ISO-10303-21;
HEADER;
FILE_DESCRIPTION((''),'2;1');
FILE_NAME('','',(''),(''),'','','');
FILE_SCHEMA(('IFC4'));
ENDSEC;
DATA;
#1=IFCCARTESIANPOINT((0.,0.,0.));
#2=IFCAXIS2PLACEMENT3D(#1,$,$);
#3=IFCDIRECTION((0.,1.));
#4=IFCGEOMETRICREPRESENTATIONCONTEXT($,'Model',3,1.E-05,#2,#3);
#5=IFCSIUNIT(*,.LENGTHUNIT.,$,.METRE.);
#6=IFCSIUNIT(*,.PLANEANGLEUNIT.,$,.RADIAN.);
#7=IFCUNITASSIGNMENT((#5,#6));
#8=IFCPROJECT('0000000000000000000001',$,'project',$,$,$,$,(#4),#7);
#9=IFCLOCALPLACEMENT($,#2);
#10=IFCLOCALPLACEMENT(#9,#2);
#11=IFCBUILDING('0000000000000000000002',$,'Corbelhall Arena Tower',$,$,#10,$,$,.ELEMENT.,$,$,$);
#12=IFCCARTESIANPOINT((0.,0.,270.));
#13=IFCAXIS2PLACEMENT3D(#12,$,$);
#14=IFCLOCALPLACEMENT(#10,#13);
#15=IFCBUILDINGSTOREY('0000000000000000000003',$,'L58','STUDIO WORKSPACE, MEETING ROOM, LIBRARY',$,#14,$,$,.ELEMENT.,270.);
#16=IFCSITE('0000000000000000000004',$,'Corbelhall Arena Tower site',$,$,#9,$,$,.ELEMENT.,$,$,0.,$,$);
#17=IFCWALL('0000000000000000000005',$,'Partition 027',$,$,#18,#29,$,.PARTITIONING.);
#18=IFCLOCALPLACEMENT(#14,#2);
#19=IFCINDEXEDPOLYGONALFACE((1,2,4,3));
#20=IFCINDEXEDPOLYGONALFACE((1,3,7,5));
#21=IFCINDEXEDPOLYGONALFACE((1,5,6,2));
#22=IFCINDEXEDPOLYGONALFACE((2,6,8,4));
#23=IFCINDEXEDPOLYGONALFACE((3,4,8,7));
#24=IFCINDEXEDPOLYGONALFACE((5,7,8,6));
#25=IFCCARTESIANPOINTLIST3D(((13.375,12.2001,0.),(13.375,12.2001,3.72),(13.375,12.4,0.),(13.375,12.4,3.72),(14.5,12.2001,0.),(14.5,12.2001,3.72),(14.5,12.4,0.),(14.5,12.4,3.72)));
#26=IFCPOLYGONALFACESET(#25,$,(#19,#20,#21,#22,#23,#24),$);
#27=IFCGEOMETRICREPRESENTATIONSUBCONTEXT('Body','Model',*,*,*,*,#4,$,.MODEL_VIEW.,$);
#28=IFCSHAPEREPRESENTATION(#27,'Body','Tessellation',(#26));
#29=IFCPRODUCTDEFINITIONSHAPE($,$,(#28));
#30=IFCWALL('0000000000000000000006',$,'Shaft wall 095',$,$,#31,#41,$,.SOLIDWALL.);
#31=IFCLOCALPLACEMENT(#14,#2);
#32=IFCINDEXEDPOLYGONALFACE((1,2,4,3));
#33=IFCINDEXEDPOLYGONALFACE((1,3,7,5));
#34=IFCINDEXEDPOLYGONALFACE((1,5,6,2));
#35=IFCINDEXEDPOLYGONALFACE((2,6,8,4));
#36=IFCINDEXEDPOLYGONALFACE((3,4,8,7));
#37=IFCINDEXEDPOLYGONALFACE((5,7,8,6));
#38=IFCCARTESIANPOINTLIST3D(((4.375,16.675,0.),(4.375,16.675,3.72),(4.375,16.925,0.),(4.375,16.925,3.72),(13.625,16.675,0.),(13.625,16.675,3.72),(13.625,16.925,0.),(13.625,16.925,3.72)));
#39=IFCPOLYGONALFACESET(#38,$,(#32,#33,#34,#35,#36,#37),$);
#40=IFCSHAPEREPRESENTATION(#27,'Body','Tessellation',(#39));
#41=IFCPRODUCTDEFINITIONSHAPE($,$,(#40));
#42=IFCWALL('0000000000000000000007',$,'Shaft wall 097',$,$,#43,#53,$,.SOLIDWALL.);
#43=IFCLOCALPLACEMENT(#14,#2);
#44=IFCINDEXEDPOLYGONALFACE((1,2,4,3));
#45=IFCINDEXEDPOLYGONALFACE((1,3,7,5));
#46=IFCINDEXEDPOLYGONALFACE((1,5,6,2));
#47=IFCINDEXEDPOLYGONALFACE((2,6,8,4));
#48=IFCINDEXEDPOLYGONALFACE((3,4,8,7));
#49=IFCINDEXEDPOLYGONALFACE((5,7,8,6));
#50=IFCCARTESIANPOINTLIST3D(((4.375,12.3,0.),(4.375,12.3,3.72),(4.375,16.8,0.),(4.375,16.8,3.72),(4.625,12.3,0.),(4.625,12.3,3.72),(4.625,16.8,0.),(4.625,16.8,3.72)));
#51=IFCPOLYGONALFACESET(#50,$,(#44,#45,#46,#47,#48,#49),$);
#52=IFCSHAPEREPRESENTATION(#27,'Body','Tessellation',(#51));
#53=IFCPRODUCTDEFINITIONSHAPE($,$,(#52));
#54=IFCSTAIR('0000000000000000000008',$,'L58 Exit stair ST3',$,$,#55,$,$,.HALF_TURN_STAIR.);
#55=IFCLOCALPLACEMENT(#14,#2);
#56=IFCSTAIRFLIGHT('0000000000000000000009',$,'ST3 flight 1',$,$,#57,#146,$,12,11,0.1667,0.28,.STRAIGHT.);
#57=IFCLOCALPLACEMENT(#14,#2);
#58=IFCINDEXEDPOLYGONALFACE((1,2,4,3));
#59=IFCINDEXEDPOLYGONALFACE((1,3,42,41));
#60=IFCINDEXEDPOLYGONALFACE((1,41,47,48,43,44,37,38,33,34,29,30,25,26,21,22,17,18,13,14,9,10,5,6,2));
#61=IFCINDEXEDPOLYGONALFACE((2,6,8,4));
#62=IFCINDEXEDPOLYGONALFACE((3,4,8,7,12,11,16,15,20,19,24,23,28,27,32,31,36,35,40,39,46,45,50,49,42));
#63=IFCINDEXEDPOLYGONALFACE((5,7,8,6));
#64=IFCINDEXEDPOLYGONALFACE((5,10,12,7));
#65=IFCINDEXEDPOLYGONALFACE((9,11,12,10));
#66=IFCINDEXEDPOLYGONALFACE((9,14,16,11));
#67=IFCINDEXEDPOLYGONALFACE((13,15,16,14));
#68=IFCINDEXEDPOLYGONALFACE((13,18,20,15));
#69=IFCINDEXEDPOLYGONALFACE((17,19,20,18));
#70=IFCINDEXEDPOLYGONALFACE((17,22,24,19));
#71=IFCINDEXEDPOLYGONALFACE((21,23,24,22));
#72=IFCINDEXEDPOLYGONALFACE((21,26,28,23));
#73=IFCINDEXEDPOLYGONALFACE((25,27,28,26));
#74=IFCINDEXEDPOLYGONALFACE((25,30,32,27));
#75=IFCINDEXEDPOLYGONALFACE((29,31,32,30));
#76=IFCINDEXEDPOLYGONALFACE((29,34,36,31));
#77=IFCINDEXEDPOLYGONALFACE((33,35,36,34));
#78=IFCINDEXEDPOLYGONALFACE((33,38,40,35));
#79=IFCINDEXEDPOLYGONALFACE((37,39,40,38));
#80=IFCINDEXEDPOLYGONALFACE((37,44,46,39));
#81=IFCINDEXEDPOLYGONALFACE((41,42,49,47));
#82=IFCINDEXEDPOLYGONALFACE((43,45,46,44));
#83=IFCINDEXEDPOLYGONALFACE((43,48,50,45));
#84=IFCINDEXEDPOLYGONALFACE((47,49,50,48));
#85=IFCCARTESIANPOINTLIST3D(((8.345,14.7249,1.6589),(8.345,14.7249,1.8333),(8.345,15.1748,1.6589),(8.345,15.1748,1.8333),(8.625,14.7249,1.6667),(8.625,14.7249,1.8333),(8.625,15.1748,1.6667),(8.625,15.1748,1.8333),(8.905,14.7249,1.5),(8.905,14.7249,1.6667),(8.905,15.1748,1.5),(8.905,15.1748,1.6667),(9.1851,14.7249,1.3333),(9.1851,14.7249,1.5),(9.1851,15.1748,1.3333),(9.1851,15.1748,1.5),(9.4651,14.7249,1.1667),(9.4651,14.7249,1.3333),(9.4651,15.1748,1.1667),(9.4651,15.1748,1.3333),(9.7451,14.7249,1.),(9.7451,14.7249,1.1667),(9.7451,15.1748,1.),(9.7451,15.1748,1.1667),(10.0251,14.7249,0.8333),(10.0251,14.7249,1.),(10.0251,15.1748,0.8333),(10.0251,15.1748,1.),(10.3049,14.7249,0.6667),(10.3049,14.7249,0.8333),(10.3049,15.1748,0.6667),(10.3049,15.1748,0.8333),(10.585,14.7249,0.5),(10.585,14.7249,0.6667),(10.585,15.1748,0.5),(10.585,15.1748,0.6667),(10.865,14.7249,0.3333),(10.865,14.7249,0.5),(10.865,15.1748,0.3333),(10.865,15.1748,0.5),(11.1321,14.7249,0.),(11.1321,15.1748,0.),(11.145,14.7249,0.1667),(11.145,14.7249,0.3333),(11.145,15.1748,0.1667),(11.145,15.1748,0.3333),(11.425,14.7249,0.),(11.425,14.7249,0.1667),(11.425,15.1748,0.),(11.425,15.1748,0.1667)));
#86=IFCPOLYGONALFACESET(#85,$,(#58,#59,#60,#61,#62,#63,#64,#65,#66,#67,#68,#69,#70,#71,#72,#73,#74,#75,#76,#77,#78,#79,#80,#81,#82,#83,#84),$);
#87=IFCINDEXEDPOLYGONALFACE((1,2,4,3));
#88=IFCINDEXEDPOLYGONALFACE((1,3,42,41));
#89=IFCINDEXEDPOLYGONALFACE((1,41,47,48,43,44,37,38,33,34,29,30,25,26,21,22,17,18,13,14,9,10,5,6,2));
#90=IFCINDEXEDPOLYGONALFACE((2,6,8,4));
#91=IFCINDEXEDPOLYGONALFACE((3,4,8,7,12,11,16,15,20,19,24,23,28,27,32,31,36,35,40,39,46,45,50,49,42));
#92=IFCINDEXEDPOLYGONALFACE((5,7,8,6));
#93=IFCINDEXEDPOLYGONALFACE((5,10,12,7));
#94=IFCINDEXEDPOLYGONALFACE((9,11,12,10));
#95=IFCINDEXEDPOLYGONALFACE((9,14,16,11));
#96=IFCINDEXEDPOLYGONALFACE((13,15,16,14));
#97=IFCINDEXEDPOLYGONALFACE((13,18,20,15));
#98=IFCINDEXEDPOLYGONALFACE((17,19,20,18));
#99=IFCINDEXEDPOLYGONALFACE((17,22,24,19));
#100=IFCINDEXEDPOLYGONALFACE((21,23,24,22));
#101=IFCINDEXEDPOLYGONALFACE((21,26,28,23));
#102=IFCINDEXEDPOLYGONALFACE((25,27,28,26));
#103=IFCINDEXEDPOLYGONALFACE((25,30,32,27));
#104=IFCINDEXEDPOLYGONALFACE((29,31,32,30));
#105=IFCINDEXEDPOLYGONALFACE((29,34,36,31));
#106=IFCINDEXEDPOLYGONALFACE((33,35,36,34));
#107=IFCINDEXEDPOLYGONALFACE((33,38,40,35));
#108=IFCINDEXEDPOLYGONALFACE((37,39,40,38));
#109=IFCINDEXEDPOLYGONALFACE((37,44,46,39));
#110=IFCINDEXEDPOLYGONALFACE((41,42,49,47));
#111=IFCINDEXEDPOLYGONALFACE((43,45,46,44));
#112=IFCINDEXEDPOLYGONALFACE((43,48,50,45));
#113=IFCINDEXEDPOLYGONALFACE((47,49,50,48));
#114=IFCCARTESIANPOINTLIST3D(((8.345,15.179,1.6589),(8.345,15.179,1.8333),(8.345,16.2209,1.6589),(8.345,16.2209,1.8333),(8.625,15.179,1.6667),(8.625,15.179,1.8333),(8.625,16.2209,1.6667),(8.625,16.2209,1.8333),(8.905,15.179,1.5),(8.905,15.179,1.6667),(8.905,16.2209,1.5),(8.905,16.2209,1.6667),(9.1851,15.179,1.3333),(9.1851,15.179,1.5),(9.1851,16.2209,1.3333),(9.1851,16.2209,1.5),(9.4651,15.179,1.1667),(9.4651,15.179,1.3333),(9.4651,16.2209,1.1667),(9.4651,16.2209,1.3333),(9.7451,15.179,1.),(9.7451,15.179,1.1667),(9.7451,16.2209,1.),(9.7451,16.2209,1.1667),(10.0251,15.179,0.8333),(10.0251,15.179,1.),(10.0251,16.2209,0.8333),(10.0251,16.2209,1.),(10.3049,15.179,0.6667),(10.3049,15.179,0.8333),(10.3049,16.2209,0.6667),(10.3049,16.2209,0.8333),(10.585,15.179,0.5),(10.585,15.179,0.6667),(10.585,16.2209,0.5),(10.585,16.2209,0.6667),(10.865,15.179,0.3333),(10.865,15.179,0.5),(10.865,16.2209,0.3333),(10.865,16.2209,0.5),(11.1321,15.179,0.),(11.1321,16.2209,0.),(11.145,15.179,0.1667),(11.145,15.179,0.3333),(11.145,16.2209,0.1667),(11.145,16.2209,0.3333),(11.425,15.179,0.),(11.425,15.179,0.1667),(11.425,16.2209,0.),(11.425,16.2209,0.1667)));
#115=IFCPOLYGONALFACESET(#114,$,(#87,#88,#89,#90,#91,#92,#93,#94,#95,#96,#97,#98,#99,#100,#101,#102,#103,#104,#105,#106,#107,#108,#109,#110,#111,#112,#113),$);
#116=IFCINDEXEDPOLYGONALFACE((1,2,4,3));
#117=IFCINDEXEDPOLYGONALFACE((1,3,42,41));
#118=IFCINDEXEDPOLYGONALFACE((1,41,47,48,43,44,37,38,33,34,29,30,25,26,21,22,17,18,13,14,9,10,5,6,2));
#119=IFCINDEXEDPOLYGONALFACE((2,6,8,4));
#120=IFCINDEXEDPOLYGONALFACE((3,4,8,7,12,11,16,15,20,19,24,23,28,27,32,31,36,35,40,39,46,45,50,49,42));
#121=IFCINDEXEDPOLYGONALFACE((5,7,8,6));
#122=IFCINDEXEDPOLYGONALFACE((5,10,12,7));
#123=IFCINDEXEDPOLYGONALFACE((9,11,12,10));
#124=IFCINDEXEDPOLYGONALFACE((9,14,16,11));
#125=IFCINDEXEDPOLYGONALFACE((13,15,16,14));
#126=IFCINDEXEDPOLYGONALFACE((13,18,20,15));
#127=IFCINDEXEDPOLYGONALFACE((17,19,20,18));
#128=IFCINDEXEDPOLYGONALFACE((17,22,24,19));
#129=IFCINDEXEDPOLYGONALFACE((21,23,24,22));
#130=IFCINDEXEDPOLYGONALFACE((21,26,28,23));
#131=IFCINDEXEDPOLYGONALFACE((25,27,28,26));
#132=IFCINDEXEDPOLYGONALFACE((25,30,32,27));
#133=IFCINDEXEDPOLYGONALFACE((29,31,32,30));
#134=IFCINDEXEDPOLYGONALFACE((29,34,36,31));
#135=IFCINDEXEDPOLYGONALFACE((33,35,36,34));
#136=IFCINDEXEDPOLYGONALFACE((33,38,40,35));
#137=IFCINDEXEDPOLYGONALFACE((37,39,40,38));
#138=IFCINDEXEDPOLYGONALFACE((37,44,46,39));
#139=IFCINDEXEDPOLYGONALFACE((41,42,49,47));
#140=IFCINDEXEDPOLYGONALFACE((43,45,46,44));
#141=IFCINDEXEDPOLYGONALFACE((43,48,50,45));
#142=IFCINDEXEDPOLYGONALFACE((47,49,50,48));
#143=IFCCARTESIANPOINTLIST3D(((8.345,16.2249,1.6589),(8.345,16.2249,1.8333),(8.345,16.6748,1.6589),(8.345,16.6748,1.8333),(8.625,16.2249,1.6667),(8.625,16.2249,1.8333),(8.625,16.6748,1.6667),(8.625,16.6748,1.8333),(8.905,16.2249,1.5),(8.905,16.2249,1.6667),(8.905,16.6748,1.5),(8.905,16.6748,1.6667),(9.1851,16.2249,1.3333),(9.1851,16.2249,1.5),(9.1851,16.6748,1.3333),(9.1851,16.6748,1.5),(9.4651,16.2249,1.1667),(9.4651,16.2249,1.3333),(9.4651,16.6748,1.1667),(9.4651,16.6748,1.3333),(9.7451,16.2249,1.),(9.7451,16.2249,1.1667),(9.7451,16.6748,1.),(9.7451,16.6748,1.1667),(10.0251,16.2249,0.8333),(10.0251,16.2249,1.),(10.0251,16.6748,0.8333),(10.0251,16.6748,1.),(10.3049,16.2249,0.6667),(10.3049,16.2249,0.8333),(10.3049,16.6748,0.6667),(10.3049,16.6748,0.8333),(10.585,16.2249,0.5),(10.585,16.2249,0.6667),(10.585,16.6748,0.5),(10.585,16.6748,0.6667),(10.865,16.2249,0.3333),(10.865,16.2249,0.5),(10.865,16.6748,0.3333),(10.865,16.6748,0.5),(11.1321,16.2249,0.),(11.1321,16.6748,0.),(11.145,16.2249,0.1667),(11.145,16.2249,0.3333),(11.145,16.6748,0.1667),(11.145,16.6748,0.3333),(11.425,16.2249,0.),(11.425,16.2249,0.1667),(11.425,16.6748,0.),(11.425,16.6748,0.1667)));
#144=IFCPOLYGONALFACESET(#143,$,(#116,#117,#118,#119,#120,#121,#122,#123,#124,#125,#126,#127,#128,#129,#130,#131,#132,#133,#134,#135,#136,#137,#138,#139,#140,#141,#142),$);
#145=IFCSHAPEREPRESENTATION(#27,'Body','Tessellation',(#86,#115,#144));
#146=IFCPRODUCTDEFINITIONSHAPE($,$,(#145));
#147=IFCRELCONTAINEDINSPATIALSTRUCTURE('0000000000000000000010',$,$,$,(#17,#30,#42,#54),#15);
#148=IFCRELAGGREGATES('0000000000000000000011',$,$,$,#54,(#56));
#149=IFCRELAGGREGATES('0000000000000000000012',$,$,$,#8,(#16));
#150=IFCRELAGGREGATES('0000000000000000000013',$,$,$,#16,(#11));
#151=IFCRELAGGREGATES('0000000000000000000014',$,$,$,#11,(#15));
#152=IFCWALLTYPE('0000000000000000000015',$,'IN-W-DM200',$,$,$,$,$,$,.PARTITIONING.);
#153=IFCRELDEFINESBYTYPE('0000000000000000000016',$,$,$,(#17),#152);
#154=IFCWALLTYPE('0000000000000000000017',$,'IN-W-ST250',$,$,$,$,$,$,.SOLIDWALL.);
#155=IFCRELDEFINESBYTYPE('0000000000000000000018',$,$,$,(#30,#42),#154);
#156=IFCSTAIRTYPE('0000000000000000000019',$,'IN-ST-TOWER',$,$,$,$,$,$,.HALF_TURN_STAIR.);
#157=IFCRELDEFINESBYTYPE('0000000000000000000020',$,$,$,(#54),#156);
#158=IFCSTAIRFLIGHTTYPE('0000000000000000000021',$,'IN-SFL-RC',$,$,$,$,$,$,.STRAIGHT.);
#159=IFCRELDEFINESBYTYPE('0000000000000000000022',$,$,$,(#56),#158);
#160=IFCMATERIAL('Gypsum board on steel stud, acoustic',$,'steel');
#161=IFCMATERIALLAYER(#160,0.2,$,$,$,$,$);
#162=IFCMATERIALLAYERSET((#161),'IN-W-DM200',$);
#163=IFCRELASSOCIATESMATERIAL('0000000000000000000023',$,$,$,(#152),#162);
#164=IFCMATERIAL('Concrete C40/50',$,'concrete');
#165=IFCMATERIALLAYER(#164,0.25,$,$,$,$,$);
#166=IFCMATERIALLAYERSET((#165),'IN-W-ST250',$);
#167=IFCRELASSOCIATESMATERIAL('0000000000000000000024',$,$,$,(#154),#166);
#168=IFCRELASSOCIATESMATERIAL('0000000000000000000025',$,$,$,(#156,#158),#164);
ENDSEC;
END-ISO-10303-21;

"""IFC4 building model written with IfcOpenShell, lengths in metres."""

from ifc_helpers import new_model, si_unit, direction, frame, frame_2d, origin, place, context, subcontext, project, spatial, polyline, rectangle, outline, extrude, material, layer, layer_set, type_object, element, aggregate, save


model = new_model("IFC4")

# Units and contexts
model_context = context("Model", 3, precision=1e-05, world=origin(), true_north=direction((0.0, 1.0)))
body_context = subcontext(model_context, "Body", "Model", "MODEL_VIEW")
ifc_project = project(units=[si_unit("LENGTHUNIT", "METRE"), si_unit("PLANEANGLEUNIT", "RADIAN")], contexts=[model_context])

# Site, building, storey
site_placement = place(None, origin())
site = spatial("IfcSite", under=ifc_project, at=site_placement, Name="Corbelhall Arena Tower site", CompositionType="ELEMENT", RefElevation=0.0)
building_placement = place(site_placement, origin())
building = spatial("IfcBuilding", under=site, at=building_placement, Name="Corbelhall Arena Tower", CompositionType="ELEMENT")
storey_placement = place(building_placement, frame((0.0, 0.0, 270.0)))
storey = spatial("IfcBuildingStorey", under=building, at=storey_placement, Name="L58", Description="STUDIO WORKSPACE, MEETING ROOM, LIBRARY", CompositionType="ELEMENT", Elevation=270.0)

# Walls
ifc_material_1 = material(Name="Gypsum board on steel stud, acoustic", Category="steel")
ifc_layer_1 = layer(ifc_material_1, 0.2)
ifc_layer_set_1 = layer_set([ifc_layer_1], Name="IN-W-DM200")
wall_type_1 = type_object("IfcWallType", Name="IN-W-DM200", PredefinedType="PARTITIONING", material=ifc_layer_set_1)
wall_1_placement = place(storey_placement, frame((13.375, 12.3, 0.0), z_axis=(0.0, 0.0, 1.0), x_axis=(1.0, 0.0, 0.0)))
element("IfcWall", 1, at=wall_1_placement, inside=storey, type_object=wall_type_1, Name="Partition 027", PredefinedType="PARTITIONING", context=body_context, shape_type="SweptSolid", body=[
    extrude(rectangle(XDim=1.125, YDim=0.2, at=frame_2d((0.5625, 0.0))), origin(), (0.0, 0.0, 1.0), 3.72),
])
ifc_material_2 = material(Name="Concrete C40/50", Category="concrete")
ifc_layer_2 = layer(ifc_material_2, 0.25)
ifc_layer_set_2 = layer_set([ifc_layer_2], Name="IN-W-ST250")
wall_type_2 = type_object("IfcWallType", Name="IN-W-ST250", PredefinedType="SOLIDWALL", material=ifc_layer_set_2)
wall_2_placement = place(storey_placement, frame((4.375, 16.8, 0.0), z_axis=(0.0, 0.0, 1.0), x_axis=(1.0, 0.0, 0.0)))
element("IfcWall", 2, at=wall_2_placement, inside=storey, type_object=wall_type_2, Name="Shaft wall 095", PredefinedType="SOLIDWALL", context=body_context, shape_type="SweptSolid", body=[
    extrude(rectangle(XDim=9.25, YDim=0.25, at=frame_2d((4.625, 0.0))), origin(), (0.0, 0.0, 1.0), 3.72),
])
wall_3_placement = place(storey_placement, frame((4.5, 12.3, 0.0), z_axis=(0.0, 0.0, 1.0), x_axis=(0.0, 1.0, 0.0)))
element("IfcWall", 3, at=wall_3_placement, inside=storey, type_object=wall_type_2, Name="Shaft wall 097", PredefinedType="SOLIDWALL", context=body_context, shape_type="SweptSolid", body=[
    extrude(rectangle(XDim=4.5, YDim=0.25, at=frame_2d((2.25, 0.0))), origin(), (0.0, 0.0, 1.0), 3.72),
])

# Stair, stair flight
stair_type = type_object("IfcStairType", Name="IN-ST-TOWER", PredefinedType="HALF_TURN_STAIR", material=ifc_material_2)
stair_placement = place(storey_placement, origin())
stair = element("IfcStair", 4, at=stair_placement, inside=storey, type_object=stair_type, Name="L58 Exit stair ST3", PredefinedType="HALF_TURN_STAIR")
stair_flight_type = type_object("IfcStairFlightType", Name="IN-SFL-RC", PredefinedType="STRAIGHT", material=ifc_material_2)
stair_flight_1_placement = place(storey_placement, frame((11.425, 15.7, 0.0), z_axis=(0.0, 0.0, 1.0), x_axis=(-1.0, 0.0, 0.0)))
stair_flight_1 = element("IfcStairFlight", 5, at=stair_flight_1_placement, type_object=stair_flight_type, Name="ST3 flight 1", NumberOfRisers=12, NumberOfTreads=11, PredefinedType="STRAIGHT", RiserHeight=0.1667, TreadLength=0.28, context=body_context, shape_type="SweptSolid", body=[
    extrude(outline(polyline([(0.0, 0.0), (0.0, 0.1667), (0.28, 0.1667), (0.28, 0.3333), (0.5601, 0.3333), (0.5601, 0.5), (0.8401, 0.5), (0.8401, 0.6667), (1.1201, 0.6667), (1.1201, 0.8333), (1.3999, 0.8333), (1.3999, 1.0), (1.6799, 1.0), (1.6799, 1.1667), (1.96, 1.1667), (1.96, 1.3333), (2.24, 1.3333), (2.24, 1.5), (2.52, 1.5), (2.52, 1.6667), (2.8, 1.6667), (2.8, 1.8333), (3.0801, 1.8333), (3.0801, 2.0), (3.0801, 1.6589), (0.293, 0.0), (0.0, 0.0)])), frame((0.0, 0.9751, 0.0), z_axis=(0.0, -1.0, 0.0), x_axis=(1.0, 0.0, 0.0)), (0.0, 0.0, 1.0), 0.45),
    extrude(outline(polyline([(0.0, 0.0), (0.0, 0.1667), (0.28, 0.1667), (0.28, 0.3333), (0.5601, 0.3333), (0.5601, 0.5), (0.8401, 0.5), (0.8401, 0.6667), (1.1201, 0.6667), (1.1201, 0.8333), (1.3999, 0.8333), (1.3999, 1.0), (1.6799, 1.0), (1.6799, 1.1667), (1.96, 1.1667), (1.96, 1.3333), (2.24, 1.3333), (2.24, 1.5), (2.52, 1.5), (2.52, 1.6667), (2.8, 1.6667), (2.8, 1.8333), (3.0801, 1.8333), (3.0801, 2.0), (3.0801, 1.6589), (0.293, 0.0), (0.0, 0.0)])), frame((0.0, 0.521, 0.0), z_axis=(0.0, -1.0, 0.0), x_axis=(1.0, 0.0, 0.0)), (0.0, 0.0, 1.0), 1.042),
    extrude(outline(polyline([(0.0, 0.0), (0.0, 0.1667), (0.28, 0.1667), (0.28, 0.3333), (0.5601, 0.3333), (0.5601, 0.5), (0.8401, 0.5), (0.8401, 0.6667), (1.1201, 0.6667), (1.1201, 0.8333), (1.3999, 0.8333), (1.3999, 1.0), (1.6799, 1.0), (1.6799, 1.1667), (1.96, 1.1667), (1.96, 1.3333), (2.24, 1.3333), (2.24, 1.5), (2.52, 1.5), (2.52, 1.6667), (2.8, 1.6667), (2.8, 1.8333), (3.0801, 1.8333), (3.0801, 2.0), (3.0801, 1.6589), (0.293, 0.0), (0.0, 0.0)])), frame((0.0, -0.5249, 0.0), z_axis=(0.0, -1.0, 0.0), x_axis=(1.0, 0.0, 0.0)), (0.0, 0.0, 1.0), 0.45),
])
aggregate(stair, [stair_flight_1])

save(model, "model.ifc")
